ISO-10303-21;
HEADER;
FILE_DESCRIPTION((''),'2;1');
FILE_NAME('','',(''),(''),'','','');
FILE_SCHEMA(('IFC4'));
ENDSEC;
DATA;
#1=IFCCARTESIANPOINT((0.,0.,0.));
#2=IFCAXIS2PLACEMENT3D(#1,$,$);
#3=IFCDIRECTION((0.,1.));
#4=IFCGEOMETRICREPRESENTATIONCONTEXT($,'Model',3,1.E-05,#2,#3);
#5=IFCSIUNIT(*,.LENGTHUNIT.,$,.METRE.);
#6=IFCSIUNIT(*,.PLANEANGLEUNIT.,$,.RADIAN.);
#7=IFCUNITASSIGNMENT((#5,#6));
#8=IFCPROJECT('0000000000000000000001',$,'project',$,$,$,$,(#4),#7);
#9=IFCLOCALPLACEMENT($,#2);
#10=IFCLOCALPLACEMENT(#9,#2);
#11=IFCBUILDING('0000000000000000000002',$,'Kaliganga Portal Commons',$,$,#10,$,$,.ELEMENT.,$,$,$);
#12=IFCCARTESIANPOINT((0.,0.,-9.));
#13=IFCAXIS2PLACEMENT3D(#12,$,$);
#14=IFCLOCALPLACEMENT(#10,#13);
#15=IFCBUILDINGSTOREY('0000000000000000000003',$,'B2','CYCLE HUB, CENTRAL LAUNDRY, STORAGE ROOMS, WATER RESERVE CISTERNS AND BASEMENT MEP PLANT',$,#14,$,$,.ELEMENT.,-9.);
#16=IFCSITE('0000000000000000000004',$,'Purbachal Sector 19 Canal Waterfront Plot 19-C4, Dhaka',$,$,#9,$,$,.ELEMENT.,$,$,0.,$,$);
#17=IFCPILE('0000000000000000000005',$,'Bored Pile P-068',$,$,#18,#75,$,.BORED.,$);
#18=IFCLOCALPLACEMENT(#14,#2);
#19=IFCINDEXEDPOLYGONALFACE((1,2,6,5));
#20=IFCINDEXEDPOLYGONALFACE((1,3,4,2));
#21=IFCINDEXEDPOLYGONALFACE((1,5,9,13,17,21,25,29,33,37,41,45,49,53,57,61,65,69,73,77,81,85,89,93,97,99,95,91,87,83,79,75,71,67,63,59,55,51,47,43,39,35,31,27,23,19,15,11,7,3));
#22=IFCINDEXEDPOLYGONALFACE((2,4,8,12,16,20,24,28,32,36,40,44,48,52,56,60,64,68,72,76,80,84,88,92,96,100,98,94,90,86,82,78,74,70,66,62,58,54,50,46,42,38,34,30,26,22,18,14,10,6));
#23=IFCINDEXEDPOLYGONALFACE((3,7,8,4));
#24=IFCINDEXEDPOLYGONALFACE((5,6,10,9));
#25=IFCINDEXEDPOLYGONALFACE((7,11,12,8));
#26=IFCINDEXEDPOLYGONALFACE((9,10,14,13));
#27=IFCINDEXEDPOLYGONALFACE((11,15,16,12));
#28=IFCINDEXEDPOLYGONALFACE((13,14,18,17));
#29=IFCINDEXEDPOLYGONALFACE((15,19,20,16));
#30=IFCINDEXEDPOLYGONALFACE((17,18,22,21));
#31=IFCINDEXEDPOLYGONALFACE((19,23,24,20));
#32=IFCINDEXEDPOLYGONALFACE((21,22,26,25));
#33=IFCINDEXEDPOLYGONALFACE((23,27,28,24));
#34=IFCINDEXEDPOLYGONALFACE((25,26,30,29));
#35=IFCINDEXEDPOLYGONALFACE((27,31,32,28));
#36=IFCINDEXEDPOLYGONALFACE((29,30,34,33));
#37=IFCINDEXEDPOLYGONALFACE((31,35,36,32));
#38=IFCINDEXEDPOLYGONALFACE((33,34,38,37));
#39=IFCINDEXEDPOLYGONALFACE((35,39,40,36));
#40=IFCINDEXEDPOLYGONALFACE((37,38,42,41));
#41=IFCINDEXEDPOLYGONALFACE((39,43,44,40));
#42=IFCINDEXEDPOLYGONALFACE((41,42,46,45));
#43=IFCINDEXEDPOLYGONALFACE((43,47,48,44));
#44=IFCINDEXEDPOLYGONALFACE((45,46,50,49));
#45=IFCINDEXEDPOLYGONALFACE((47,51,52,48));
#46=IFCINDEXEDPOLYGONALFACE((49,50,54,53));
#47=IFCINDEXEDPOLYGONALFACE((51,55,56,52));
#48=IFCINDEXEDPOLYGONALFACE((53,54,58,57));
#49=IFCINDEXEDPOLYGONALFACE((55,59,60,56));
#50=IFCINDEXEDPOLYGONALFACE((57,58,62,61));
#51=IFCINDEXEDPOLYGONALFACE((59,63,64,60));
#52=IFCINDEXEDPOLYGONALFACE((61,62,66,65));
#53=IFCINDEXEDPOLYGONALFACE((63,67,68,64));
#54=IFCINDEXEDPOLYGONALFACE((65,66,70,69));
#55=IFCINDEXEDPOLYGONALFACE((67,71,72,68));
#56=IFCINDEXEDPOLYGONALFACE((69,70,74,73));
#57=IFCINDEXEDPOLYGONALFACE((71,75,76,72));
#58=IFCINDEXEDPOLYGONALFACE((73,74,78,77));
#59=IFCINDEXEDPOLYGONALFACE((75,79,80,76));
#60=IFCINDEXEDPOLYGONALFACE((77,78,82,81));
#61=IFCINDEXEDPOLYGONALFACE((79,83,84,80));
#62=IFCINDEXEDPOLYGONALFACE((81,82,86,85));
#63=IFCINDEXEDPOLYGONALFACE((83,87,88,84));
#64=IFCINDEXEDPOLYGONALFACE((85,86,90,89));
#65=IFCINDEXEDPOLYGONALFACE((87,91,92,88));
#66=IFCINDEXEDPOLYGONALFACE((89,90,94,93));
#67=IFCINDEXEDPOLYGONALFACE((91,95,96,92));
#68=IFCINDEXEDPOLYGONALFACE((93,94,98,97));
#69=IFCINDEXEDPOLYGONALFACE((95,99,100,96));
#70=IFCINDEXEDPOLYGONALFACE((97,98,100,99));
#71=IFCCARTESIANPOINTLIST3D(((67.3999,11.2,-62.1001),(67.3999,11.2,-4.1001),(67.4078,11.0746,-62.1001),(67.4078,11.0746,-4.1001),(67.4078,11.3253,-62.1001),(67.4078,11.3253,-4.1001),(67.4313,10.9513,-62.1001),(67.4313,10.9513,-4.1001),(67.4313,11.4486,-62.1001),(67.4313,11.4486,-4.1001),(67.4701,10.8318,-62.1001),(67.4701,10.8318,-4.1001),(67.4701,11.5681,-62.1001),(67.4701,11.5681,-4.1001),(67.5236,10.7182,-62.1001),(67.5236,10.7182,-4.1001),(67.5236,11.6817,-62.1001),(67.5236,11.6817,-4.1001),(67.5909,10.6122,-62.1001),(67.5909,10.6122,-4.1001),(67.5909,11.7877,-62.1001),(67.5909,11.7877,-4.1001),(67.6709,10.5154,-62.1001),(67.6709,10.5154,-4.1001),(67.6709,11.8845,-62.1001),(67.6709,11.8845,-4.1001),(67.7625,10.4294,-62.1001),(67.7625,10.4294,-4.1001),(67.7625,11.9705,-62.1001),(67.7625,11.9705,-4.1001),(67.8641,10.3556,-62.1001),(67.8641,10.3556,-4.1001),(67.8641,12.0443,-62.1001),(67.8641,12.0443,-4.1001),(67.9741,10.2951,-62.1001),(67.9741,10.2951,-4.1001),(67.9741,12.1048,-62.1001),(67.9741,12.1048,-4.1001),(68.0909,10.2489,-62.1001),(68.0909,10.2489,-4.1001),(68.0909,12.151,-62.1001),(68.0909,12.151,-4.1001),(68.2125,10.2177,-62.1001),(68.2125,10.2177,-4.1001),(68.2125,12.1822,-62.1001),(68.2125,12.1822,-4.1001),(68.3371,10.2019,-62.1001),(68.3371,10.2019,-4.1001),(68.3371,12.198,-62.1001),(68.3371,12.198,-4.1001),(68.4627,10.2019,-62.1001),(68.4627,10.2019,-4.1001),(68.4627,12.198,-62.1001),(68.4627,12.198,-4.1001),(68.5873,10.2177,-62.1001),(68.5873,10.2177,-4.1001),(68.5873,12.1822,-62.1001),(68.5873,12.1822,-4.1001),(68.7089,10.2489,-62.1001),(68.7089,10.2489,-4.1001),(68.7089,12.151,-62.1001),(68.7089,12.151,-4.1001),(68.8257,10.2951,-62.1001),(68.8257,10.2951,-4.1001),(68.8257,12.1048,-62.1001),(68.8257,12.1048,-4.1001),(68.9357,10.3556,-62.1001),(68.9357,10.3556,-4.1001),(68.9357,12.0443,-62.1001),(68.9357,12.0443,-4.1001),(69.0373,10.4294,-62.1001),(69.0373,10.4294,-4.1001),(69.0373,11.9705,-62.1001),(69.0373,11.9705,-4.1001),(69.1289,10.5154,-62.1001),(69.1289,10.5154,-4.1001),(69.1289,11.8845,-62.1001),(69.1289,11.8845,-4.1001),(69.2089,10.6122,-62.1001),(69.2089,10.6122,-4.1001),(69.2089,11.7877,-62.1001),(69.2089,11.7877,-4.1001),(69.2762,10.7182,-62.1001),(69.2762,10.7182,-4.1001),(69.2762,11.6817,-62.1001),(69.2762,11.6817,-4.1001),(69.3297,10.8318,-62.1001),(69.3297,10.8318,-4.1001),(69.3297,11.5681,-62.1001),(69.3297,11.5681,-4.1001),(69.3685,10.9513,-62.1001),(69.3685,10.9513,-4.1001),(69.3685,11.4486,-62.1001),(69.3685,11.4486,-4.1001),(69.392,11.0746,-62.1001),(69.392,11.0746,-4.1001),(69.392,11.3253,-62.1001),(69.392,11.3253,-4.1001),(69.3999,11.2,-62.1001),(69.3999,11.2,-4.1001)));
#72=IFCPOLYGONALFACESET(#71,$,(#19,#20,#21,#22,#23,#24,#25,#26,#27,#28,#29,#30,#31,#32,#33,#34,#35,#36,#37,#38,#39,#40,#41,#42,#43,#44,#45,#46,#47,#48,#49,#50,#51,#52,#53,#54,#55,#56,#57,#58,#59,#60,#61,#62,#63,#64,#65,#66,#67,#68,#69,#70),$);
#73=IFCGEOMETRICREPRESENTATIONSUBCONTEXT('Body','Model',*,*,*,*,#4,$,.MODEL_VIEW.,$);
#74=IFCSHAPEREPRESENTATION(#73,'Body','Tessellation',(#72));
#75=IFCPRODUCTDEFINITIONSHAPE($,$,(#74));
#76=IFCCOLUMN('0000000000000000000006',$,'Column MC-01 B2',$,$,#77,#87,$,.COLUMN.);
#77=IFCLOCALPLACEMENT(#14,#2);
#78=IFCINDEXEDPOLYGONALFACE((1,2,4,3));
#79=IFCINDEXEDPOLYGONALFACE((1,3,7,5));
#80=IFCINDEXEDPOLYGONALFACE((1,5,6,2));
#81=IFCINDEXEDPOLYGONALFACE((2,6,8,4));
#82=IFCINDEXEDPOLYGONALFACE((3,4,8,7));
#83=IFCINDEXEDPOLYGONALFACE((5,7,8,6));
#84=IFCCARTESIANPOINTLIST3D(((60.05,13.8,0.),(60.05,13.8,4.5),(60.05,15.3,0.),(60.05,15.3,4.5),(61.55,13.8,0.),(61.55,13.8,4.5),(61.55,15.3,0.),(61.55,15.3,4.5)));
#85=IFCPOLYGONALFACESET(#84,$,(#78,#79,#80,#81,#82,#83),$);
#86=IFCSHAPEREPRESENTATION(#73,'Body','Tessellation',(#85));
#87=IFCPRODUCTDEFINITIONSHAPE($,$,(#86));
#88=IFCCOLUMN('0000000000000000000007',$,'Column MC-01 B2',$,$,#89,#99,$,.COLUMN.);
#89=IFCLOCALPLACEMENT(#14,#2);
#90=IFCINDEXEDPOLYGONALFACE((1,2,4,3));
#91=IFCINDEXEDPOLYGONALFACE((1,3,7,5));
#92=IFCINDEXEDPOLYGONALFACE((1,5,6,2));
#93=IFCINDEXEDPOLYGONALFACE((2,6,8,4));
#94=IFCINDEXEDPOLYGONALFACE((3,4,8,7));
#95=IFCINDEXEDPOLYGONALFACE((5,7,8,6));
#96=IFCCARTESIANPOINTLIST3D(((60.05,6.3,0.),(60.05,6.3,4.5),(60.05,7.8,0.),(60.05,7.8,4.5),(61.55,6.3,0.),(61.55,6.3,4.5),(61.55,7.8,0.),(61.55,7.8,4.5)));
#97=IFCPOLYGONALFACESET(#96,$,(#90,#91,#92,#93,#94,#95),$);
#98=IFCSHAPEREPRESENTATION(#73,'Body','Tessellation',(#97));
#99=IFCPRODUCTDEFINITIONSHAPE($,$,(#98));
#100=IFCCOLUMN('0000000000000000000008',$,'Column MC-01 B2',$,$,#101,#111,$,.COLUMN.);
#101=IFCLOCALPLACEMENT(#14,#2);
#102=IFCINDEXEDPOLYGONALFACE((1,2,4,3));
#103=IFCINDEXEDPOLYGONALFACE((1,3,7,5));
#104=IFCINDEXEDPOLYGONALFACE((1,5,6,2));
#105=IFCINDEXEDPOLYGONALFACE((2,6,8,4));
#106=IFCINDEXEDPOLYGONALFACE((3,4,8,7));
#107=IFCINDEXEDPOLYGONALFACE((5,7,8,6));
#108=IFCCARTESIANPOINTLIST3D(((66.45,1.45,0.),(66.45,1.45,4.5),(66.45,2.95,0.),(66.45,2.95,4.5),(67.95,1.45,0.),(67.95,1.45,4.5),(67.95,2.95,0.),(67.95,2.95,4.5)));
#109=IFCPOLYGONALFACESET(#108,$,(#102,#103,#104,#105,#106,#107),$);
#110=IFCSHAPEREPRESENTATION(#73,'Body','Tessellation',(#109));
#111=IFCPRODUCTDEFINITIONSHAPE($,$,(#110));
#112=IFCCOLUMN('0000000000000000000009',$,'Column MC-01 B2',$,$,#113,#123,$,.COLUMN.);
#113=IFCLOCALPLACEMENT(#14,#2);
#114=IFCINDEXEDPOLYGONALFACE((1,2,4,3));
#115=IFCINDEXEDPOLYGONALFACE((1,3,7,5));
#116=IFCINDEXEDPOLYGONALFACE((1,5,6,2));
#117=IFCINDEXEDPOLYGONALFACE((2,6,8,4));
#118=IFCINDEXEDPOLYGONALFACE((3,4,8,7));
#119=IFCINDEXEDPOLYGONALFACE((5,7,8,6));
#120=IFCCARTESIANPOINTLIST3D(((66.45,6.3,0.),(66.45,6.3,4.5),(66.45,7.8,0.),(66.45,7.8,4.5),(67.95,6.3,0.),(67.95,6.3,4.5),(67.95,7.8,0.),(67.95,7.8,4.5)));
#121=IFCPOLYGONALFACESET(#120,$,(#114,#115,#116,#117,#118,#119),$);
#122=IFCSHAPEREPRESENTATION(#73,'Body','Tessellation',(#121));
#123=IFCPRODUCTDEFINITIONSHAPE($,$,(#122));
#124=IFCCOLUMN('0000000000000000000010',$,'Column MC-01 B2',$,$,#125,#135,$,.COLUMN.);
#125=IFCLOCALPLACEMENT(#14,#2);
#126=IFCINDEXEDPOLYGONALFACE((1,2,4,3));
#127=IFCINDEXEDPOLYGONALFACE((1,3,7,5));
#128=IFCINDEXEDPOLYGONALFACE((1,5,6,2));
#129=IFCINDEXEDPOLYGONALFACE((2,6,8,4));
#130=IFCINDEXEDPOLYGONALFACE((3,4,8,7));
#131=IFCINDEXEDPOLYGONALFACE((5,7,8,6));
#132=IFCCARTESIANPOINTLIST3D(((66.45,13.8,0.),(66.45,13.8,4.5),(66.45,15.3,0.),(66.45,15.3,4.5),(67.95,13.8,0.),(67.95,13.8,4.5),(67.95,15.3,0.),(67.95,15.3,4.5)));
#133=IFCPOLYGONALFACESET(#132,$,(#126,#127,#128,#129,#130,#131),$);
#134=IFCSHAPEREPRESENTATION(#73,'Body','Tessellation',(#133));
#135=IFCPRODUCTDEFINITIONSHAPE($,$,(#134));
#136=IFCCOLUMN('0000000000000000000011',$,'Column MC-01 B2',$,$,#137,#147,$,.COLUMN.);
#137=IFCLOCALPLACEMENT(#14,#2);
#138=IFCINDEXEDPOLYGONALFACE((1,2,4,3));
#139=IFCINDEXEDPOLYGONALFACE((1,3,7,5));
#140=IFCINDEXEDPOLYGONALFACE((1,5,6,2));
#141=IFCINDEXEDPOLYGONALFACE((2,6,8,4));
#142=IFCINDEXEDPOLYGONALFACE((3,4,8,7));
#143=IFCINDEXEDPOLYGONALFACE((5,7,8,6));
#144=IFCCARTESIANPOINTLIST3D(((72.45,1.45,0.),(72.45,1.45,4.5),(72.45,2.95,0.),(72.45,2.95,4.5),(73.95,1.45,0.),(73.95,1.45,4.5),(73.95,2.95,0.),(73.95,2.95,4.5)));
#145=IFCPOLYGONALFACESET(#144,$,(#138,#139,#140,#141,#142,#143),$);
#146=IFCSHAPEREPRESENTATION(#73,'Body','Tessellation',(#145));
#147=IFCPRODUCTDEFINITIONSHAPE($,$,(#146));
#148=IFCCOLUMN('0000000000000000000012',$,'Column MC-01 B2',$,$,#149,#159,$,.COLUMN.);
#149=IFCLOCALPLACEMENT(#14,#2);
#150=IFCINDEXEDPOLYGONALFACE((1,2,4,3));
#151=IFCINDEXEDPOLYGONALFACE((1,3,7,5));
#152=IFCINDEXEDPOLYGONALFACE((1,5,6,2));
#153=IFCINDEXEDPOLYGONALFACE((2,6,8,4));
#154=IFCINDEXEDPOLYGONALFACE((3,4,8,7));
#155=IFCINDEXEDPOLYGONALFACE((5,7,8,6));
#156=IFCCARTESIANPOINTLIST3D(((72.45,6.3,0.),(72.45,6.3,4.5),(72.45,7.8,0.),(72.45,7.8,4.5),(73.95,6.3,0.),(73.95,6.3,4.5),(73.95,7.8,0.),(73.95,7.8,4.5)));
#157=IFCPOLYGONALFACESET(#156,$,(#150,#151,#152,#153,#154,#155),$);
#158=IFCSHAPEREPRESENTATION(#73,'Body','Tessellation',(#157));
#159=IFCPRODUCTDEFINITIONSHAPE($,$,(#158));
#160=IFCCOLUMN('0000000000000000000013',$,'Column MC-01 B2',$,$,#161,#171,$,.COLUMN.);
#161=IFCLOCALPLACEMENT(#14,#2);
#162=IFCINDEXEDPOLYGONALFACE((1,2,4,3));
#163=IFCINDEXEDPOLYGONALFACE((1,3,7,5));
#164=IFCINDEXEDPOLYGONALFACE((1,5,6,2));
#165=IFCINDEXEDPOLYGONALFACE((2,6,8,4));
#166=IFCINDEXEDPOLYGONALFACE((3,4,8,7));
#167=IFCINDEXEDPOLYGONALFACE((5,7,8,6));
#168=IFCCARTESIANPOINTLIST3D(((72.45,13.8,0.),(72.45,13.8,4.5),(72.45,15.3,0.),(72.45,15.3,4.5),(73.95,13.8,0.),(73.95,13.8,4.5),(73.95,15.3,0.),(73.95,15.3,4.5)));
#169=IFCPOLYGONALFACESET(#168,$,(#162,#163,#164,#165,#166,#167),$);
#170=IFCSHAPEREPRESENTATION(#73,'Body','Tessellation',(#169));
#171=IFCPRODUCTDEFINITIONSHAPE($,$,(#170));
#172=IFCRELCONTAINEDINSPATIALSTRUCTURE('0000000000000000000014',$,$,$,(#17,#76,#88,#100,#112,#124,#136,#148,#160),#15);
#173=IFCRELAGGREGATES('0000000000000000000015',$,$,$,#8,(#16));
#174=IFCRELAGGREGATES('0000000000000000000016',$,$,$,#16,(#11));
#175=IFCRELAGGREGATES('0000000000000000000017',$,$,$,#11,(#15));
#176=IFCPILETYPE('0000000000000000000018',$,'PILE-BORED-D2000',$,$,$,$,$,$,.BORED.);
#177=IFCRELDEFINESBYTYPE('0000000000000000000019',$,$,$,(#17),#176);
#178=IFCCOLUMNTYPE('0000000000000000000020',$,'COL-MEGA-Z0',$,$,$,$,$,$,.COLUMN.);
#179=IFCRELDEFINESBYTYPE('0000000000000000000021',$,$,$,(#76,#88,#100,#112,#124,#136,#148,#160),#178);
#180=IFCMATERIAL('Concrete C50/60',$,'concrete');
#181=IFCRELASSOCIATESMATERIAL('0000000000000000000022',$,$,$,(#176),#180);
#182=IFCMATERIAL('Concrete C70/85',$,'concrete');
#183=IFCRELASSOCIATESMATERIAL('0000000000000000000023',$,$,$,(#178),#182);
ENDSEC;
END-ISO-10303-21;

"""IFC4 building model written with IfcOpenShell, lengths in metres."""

from ifc_helpers import new_model, si_unit, direction, frame, origin, origin_2d, place, context, subcontext, project, spatial, rectangle, circle, extrude, source, transform, mapped, material, material_profile, profile_set, type_object, element, save


model = new_model("IFC4")

# Units and contexts
model_context = context("Model", 3, precision=1e-05, world=origin(), true_north=direction((0.0, 1.0)))
body_context = subcontext(model_context, "Body", "Model", "MODEL_VIEW")
ifc_project = project(units=[si_unit("LENGTHUNIT", "METRE"), si_unit("PLANEANGLEUNIT", "RADIAN")], contexts=[model_context])

# Site, building, storey
site_placement = place(None, origin())
site = spatial("IfcSite", under=ifc_project, at=site_placement, Name="Purbachal Sector 19 Canal Waterfront Plot 19-C4, Dhaka", CompositionType="ELEMENT", RefElevation=0.0)
building_placement = place(site_placement, origin())
building = spatial("IfcBuilding", under=site, at=building_placement, Name="Kaliganga Portal Commons", CompositionType="ELEMENT")
storey_placement = place(building_placement, frame((0.0, 0.0, -9.0)))
storey = spatial("IfcBuildingStorey", under=building, at=storey_placement, Name="B2", Description="CYCLE HUB, CENTRAL LAUNDRY, STORAGE ROOMS, WATER RESERVE CISTERNS AND BASEMENT MEP PLANT", CompositionType="ELEMENT", Elevation=-9.0)

# Pile
ifc_material_1 = material(Name="Concrete C50/60", Category="concrete")
ifc_material_profile_1 = material_profile(ifc_material_1, circle(Radius=1.0, at=origin_2d()), Name="PILE D2000")
ifc_profile_set_1 = profile_set([ifc_material_profile_1], Name="Concrete C50/60")
pile_type = type_object("IfcPileType", Name="PILE-BORED-D2000", PredefinedType="BORED", material=ifc_profile_set_1)
for number, where, z_axis, x_axis, name in (
    (1, (68.3999, 11.2, -4.1001), (0.0, 0.0, -1.0), (1.0, 0.0, 0.0), "Bored Pile P-068"),
):
    element("IfcPile", number, at=place(storey_placement, frame(where, z_axis=z_axis, x_axis=x_axis)), inside=storey, type_object=pile_type, Name=name, PredefinedType="BORED", context=body_context, shape_type="SweptSolid", body=[
        extrude(circle(Radius=1.0, at=origin_2d()), origin(), (0.0, 0.0, 1.0), 58.0),
    ])

# Columns
ifc_material_2 = material(Name="Concrete C70/85", Category="concrete")
ifc_material_profile_2 = material_profile(ifc_material_2, rectangle(XDim=1.5, YDim=1.5, at=origin_2d()), Name="RC 1500x1500")
ifc_profile_set_2 = profile_set([ifc_material_profile_2], Name="Concrete C70/85")
column_type = type_object("IfcColumnType", Name="COL-MEGA-Z0", PredefinedType="COLUMN", material=ifc_profile_set_2)
shared_shape_1 = source(origin(), body_context, "Body", "SweptSolid", [
    extrude(rectangle(XDim=1.5, YDim=1.5, at=origin_2d()), origin(), (0.0, 0.0, 1.0), 4.5),
])
for number, where, z_axis, x_axis, name in (
    (2, (60.8, 14.55, 0.0), (0.0, 0.0, 1.0), (1.0, 0.0, 0.0), "Column MC-01 B2"),
    (3, (60.8, 7.05, 0.0), (0.0, 0.0, 1.0), (1.0, 0.0, 0.0), "Column MC-01 B2"),
    (4, (67.2, 2.2, 0.0), (0.0, 0.0, 1.0), (1.0, 0.0, 0.0), "Column MC-01 B2"),
    (5, (67.2, 7.05, 0.0), (0.0, 0.0, 1.0), (1.0, 0.0, 0.0), "Column MC-01 B2"),
    (6, (67.2, 14.55, 0.0), (0.0, 0.0, 1.0), (1.0, 0.0, 0.0), "Column MC-01 B2"),
    (7, (73.2, 2.2, 0.0), (0.0, 0.0, 1.0), (1.0, 0.0, 0.0), "Column MC-01 B2"),
    (8, (73.2, 7.05, 0.0), (0.0, 0.0, 1.0), (1.0, 0.0, 0.0), "Column MC-01 B2"),
    (9, (73.2, 14.55, 0.0), (0.0, 0.0, 1.0), (1.0, 0.0, 0.0), "Column MC-01 B2"),
):
    element("IfcColumn", number, at=place(storey_placement, frame(where, z_axis=z_axis, x_axis=x_axis)), inside=storey, type_object=column_type, Name=name, PredefinedType="COLUMN", context=body_context, shape_type="MappedRepresentation", body=[
        mapped(shared_shape_1, transform((0.0, 0.0, 0.0), x_axis=(1.0, 0.0, 0.0), y_axis=(0.0, 1.0, 0.0), z_axis=(0.0, 0.0, 1.0), scale=1.0)),
    ])

save(model, "model.ifc")
